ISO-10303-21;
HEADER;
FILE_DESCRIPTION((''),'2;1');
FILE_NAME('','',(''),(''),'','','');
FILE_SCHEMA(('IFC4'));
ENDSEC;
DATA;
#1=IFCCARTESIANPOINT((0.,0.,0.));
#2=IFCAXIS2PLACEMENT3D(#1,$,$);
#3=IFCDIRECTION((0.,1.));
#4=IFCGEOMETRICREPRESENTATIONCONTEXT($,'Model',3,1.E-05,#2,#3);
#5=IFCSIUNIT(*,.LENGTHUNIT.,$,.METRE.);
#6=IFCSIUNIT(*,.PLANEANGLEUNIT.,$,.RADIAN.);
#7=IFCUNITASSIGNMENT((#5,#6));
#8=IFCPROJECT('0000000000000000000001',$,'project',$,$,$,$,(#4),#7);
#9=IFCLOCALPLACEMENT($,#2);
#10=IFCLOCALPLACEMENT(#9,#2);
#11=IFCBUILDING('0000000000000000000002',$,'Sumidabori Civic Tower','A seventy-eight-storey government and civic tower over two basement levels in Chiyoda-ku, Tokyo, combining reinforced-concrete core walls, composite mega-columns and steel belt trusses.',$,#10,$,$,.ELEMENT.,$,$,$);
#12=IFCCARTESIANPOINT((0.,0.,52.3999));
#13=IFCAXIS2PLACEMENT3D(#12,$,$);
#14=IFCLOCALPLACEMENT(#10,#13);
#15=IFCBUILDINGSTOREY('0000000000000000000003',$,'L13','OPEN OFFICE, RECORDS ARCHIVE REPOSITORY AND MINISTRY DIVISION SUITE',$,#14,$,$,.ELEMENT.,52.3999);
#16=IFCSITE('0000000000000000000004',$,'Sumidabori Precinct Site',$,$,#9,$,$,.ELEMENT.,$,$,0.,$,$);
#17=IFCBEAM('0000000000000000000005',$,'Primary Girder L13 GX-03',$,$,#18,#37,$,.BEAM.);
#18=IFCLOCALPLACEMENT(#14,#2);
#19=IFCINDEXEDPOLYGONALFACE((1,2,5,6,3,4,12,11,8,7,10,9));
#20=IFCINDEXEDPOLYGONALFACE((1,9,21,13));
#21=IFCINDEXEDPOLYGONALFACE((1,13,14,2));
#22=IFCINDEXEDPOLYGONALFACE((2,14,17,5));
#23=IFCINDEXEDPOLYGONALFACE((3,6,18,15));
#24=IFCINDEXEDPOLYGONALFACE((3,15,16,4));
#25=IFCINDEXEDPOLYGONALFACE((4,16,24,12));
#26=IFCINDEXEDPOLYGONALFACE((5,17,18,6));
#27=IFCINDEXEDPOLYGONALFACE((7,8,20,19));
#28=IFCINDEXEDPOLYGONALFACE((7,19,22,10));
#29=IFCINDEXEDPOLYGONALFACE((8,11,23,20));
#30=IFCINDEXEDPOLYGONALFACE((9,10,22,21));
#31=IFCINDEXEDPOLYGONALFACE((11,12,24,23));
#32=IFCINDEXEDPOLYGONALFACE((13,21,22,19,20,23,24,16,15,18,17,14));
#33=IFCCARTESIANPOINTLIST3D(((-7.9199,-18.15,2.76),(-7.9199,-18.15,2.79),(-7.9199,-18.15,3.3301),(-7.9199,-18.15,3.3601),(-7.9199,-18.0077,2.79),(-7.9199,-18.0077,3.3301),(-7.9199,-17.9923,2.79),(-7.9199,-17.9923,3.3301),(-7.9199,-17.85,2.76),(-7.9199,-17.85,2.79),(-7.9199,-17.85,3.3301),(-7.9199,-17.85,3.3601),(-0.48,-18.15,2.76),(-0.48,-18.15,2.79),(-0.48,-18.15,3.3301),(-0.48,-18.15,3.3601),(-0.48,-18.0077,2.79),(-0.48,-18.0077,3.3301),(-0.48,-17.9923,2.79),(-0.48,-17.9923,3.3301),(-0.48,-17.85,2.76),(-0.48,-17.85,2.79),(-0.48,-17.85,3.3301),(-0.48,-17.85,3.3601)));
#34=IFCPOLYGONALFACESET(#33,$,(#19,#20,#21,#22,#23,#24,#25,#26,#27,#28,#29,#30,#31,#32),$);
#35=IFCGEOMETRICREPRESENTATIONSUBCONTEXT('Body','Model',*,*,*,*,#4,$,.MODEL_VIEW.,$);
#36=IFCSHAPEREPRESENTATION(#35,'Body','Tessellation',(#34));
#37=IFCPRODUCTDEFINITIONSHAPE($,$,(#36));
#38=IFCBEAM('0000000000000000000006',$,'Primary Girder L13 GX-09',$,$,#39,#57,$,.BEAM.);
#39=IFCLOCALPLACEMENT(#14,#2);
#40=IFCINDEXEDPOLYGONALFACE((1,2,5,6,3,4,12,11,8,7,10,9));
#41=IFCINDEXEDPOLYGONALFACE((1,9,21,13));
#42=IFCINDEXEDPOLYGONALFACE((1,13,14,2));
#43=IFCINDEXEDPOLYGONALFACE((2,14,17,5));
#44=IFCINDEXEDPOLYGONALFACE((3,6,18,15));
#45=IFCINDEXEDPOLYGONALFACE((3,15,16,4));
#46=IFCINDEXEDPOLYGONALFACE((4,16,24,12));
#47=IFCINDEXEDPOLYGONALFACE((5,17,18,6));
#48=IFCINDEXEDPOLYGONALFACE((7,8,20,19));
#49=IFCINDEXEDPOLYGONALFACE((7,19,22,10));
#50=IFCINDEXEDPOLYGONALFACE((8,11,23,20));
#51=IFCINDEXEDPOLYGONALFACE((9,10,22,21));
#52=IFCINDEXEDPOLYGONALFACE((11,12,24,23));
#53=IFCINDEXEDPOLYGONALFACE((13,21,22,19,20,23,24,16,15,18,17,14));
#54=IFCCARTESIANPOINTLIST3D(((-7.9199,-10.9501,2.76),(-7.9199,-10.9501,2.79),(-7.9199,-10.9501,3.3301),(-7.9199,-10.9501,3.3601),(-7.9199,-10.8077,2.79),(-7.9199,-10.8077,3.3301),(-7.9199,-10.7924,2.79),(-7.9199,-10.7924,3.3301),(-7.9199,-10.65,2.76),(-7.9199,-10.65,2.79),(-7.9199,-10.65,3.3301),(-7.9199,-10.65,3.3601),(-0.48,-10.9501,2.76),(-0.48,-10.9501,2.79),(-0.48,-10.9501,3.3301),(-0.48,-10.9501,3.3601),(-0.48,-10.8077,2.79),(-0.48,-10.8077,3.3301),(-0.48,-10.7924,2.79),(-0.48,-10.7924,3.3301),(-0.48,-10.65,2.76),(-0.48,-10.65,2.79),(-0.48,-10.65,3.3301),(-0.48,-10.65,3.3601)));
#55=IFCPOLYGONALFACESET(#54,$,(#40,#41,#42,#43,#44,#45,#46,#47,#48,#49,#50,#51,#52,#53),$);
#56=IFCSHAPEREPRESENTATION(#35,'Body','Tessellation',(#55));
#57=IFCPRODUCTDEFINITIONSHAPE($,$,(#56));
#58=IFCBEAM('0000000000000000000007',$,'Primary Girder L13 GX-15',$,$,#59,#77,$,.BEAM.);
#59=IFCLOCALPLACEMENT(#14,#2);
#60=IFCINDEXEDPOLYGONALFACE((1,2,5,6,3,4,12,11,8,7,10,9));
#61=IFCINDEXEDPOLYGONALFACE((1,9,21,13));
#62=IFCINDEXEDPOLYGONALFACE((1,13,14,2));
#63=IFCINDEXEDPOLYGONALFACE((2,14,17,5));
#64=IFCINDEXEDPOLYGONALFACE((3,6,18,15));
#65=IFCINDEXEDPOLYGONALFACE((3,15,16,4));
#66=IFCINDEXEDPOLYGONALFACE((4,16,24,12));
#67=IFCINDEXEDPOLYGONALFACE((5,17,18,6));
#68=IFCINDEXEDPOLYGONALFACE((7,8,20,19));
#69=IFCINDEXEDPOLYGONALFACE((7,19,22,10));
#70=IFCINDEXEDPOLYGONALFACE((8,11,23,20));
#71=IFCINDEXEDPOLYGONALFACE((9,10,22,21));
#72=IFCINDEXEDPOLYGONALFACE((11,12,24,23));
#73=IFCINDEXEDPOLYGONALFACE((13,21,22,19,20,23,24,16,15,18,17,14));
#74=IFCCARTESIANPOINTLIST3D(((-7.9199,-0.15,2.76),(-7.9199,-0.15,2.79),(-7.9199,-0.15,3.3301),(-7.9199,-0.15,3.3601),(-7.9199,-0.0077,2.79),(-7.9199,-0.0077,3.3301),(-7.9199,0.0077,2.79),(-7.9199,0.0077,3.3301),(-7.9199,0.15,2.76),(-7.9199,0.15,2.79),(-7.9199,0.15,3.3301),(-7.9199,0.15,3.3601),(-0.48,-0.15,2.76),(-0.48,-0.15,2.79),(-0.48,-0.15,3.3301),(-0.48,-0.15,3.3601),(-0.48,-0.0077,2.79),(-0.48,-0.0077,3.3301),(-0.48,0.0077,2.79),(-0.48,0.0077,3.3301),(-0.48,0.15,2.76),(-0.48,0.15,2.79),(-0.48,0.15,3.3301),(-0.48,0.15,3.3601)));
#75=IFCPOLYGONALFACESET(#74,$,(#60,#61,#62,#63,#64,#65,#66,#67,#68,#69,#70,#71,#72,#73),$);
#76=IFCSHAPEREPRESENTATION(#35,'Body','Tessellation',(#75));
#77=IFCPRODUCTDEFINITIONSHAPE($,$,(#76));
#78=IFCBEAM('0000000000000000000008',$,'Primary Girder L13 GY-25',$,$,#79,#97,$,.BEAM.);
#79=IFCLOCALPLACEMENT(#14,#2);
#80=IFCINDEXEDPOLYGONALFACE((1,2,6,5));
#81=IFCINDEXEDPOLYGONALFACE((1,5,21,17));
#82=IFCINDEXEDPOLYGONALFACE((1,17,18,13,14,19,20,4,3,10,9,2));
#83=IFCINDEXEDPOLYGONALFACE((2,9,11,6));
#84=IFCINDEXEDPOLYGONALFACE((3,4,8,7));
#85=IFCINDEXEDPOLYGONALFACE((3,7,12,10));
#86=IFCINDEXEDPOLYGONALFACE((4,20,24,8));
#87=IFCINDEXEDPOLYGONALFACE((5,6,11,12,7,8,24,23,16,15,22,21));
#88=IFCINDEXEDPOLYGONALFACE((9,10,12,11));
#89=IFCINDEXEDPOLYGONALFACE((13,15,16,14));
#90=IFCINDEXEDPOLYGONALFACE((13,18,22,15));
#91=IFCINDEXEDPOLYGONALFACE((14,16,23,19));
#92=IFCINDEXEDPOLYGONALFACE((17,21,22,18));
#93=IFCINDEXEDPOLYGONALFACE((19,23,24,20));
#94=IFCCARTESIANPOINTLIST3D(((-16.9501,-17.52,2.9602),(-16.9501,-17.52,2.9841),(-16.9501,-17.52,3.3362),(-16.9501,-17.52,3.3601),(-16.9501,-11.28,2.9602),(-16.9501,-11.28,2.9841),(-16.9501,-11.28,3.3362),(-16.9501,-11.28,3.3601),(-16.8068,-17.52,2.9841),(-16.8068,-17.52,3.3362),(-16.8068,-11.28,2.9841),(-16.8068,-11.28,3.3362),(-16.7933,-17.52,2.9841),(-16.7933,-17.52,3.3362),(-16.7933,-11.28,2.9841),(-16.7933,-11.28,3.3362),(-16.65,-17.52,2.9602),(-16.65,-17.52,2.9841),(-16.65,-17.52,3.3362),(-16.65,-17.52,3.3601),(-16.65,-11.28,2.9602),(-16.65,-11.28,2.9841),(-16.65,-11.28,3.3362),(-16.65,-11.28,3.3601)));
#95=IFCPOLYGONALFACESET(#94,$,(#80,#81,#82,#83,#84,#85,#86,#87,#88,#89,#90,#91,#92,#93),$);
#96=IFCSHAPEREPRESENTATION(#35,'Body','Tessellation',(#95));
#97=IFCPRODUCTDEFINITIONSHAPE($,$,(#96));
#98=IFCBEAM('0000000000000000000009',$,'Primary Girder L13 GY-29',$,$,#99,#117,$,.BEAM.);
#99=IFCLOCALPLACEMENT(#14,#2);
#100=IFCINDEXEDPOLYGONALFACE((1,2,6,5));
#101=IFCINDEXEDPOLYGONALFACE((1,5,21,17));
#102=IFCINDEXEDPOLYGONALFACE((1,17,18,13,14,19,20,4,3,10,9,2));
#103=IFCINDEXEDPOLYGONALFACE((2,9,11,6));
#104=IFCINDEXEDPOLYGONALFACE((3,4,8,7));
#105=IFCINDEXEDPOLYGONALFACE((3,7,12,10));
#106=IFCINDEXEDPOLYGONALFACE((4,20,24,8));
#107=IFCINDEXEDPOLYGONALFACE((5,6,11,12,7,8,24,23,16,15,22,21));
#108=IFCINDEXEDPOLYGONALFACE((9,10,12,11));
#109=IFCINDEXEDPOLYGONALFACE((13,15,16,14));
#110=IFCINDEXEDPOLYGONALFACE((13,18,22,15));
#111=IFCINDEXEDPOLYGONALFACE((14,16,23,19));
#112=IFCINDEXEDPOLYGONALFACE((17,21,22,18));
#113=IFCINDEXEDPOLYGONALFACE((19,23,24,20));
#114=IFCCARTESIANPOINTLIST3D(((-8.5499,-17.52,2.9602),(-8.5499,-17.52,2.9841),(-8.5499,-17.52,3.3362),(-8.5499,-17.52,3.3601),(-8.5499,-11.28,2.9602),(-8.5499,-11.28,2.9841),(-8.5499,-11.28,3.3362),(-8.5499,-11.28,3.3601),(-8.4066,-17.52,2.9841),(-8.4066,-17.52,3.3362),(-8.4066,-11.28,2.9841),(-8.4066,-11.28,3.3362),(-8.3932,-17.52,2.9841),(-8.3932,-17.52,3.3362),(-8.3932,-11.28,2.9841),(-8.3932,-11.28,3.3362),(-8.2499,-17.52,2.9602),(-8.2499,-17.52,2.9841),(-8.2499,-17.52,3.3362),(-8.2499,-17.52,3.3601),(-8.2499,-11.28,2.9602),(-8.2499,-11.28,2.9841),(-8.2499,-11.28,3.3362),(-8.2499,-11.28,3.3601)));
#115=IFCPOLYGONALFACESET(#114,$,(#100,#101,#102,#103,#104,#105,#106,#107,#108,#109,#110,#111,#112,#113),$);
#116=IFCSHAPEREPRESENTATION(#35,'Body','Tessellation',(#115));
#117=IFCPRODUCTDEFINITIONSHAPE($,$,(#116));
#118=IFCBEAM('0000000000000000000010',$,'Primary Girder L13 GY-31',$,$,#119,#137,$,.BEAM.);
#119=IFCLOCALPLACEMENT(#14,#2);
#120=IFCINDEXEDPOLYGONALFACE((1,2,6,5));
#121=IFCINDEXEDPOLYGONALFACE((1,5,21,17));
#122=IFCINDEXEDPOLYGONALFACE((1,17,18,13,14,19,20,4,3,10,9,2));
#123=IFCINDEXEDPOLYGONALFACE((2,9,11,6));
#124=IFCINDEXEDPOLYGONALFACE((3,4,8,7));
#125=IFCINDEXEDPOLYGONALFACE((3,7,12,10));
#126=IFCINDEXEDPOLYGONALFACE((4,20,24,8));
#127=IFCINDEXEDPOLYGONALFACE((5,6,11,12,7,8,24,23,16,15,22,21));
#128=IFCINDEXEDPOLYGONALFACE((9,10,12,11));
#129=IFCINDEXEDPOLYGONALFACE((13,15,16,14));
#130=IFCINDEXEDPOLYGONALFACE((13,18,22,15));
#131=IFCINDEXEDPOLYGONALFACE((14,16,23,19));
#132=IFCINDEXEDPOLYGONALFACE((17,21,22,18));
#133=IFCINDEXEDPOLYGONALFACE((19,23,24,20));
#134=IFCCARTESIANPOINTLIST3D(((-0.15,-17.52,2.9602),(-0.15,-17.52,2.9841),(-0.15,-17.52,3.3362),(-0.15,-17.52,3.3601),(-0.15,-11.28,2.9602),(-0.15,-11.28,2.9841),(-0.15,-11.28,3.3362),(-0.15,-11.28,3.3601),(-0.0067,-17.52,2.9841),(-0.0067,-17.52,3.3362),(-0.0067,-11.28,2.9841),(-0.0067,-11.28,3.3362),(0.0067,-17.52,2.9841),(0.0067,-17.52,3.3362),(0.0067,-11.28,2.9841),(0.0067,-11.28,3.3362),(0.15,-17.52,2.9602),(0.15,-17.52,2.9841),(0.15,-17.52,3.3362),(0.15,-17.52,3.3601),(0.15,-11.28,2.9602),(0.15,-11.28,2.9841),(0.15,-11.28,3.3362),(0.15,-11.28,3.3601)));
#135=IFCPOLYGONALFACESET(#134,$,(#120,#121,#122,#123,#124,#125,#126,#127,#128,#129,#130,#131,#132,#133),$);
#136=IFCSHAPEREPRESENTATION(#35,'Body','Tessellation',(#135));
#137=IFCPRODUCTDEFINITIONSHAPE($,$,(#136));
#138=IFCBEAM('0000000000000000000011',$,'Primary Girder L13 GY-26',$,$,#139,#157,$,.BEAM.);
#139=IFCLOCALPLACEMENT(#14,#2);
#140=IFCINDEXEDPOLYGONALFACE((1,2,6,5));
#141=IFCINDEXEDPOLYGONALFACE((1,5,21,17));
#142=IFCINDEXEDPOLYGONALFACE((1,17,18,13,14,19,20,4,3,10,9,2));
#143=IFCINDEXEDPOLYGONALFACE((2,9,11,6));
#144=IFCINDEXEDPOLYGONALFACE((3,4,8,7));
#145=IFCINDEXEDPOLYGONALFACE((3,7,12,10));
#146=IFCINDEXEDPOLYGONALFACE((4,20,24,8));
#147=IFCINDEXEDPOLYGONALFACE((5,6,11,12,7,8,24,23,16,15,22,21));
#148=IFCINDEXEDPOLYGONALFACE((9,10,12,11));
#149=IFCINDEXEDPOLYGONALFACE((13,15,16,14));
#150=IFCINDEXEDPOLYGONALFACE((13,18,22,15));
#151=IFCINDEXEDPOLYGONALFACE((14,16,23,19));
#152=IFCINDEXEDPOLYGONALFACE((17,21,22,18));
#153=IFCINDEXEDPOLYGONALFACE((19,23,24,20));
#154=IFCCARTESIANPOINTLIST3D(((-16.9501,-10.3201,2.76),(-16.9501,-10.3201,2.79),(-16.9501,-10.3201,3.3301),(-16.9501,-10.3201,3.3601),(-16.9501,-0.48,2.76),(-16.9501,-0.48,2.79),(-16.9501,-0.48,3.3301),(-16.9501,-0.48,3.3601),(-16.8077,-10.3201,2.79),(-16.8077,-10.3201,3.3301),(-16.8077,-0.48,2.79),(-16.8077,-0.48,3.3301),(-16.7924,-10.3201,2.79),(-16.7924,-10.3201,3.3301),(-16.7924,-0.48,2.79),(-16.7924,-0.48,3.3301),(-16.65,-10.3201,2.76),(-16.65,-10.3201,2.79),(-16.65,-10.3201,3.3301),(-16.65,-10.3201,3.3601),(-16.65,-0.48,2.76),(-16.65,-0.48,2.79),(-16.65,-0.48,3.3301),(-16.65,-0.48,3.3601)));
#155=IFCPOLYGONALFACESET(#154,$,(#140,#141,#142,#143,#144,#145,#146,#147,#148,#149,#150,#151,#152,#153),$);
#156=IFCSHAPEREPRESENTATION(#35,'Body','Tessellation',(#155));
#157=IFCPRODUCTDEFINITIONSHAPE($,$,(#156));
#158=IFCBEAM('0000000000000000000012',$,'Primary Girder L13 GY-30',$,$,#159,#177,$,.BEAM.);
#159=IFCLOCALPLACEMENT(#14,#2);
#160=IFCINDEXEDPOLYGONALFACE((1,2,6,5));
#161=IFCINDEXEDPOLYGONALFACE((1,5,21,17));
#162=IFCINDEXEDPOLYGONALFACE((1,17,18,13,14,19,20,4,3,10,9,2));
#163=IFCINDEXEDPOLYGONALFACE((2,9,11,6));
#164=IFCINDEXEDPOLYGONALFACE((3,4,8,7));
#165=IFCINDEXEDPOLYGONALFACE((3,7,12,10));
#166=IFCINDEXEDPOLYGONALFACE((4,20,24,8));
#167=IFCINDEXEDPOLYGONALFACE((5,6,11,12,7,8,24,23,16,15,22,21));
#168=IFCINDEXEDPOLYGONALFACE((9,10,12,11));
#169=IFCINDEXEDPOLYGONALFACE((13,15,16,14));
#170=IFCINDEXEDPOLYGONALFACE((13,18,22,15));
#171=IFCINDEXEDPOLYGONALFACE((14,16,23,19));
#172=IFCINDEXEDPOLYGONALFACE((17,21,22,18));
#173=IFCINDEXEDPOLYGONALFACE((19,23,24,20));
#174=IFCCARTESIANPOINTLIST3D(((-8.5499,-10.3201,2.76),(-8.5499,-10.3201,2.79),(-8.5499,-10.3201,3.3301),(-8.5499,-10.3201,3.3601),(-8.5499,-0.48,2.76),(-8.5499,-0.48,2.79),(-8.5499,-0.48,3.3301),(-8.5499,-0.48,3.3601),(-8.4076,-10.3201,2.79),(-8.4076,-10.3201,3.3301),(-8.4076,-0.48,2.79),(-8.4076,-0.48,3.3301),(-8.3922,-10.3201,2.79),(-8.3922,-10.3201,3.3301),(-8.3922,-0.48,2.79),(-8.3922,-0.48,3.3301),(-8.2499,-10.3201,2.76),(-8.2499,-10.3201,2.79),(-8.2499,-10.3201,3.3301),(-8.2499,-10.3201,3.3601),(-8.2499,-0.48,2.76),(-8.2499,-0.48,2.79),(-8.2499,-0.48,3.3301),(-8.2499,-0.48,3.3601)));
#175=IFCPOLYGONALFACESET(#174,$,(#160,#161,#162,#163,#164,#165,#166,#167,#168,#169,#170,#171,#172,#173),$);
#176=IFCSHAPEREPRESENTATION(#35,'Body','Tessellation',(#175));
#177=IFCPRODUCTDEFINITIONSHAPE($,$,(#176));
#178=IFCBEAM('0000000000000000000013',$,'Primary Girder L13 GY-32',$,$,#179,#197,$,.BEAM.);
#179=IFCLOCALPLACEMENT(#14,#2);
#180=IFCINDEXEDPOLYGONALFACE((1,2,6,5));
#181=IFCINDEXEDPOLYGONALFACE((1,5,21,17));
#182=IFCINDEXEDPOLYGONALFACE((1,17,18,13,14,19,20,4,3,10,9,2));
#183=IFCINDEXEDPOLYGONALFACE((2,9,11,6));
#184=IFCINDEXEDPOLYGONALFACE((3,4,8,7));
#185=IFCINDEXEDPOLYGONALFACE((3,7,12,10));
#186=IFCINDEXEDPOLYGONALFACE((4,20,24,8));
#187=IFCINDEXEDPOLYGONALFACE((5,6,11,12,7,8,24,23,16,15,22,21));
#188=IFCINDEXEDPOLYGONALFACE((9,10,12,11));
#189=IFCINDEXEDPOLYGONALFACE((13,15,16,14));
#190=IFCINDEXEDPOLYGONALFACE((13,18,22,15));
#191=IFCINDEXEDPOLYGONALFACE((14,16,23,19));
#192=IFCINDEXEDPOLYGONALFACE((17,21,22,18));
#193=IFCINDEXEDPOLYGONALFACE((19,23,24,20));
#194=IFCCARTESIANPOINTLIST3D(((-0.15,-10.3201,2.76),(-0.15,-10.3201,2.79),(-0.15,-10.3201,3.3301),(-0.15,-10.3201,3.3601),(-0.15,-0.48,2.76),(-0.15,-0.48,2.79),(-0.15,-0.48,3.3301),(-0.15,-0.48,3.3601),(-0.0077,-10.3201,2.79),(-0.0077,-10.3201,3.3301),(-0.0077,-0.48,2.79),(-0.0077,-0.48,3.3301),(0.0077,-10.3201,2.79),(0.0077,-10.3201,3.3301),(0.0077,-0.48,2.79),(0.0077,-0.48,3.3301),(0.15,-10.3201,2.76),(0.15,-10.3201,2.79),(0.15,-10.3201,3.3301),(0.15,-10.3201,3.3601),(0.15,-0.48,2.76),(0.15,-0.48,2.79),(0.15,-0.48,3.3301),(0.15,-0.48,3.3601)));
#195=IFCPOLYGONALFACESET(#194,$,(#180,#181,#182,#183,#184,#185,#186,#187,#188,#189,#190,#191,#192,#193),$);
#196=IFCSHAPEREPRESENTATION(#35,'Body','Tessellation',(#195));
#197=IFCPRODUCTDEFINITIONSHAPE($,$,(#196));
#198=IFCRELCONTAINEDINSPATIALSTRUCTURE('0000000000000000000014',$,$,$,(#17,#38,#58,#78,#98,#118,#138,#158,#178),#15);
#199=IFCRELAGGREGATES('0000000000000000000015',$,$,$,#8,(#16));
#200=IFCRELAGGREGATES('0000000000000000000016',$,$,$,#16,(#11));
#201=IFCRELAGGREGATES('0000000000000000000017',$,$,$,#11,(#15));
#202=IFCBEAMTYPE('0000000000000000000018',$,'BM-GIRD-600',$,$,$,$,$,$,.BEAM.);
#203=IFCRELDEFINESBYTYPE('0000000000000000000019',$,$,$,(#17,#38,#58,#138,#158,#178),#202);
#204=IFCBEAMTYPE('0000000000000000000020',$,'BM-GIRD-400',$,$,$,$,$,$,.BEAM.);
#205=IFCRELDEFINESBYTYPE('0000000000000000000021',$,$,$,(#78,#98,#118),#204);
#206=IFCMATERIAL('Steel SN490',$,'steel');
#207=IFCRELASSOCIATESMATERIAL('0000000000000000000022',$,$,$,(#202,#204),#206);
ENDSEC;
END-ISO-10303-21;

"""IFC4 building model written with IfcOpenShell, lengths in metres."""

from ifc_helpers import new_model, si_unit, direction, frame, origin, origin_2d, place, context, subcontext, project, spatial, i_section, extrude, source, transform, mapped, material, material_profile, profile_set, type_object, element, save


model = new_model("IFC4")

# Units and contexts
model_context = context("Model", 3, precision=1e-05, world=origin(), true_north=direction((0.0, 1.0)))
body_context = subcontext(model_context, "Body", "Model", "MODEL_VIEW")
ifc_project = project(units=[si_unit("LENGTHUNIT", "METRE"), si_unit("PLANEANGLEUNIT", "RADIAN")], contexts=[model_context])

# Site, building, storey
site_placement = place(None, origin())
site = spatial("IfcSite", under=ifc_project, at=site_placement, Name="Sumidabori Precinct Site", CompositionType="ELEMENT", RefElevation=0.0)
building_placement = place(site_placement, origin())
building = spatial("IfcBuilding", under=site, at=building_placement, Name="Sumidabori Civic Tower", Description="A seventy-eight-storey government and civic tower over two basement levels in Chiyoda-ku, Tokyo, combining reinforced-concrete core walls, composite mega-columns and steel belt trusses.", CompositionType="ELEMENT")
storey_placement = place(building_placement, frame((0.0, 0.0, 52.3999)))
storey = spatial("IfcBuildingStorey", under=building, at=storey_placement, Name="L13", Description="OPEN OFFICE, RECORDS ARCHIVE REPOSITORY AND MINISTRY DIVISION SUITE", CompositionType="ELEMENT", Elevation=52.3999)

# Beams
ifc_material_1 = material(Name="Steel SN490", Category="steel")
ifc_material_profile_1 = material_profile(ifc_material_1, i_section(OverallWidth=0.3, OverallDepth=0.6001, WebThickness=0.0154, FlangeThickness=0.03, at=origin_2d()), Name="HE 600 B")
ifc_profile_set_1 = profile_set([ifc_material_profile_1], Name="Steel SN490")
beam_type_1 = type_object("IfcBeamType", Name="BM-GIRD-600", PredefinedType="BEAM", material=ifc_profile_set_1)
shared_shape_1 = source(origin(), body_context, "Body", "SweptSolid", [
    extrude(i_section(OverallWidth=0.3, OverallDepth=0.6001, WebThickness=0.0154, FlangeThickness=0.03, at=origin_2d()), origin(), (0.0, 0.0, 1.0), 7.4399),
])
for number, where, z_axis, x_axis, name in (
    (1, (-7.9199, -18.0, 3.0601), (1.0, 0.0, 0.0), (0.0, 1.0, 0.0), "Primary Girder L13 GX-03"),
    (2, (-7.9199, -10.8, 3.0601), (1.0, 0.0, 0.0), (0.0, 1.0, 0.0), "Primary Girder L13 GX-09"),
    (3, (-7.9199, 0.0, 3.0601), (1.0, 0.0, 0.0), (0.0, 1.0, 0.0), "Primary Girder L13 GX-15"),
):
    element("IfcBeam", number, at=place(storey_placement, frame(where, z_axis=z_axis, x_axis=x_axis)), inside=storey, type_object=beam_type_1, Name=name, PredefinedType="BEAM", context=body_context, shape_type="MappedRepresentation", body=[
        mapped(shared_shape_1, transform((0.0, 0.0, 0.0), x_axis=(1.0, 0.0, 0.0), y_axis=(0.0, 1.0, 0.0), z_axis=(0.0, 0.0, 1.0), scale=1.0)),
    ])
ifc_material_profile_2 = material_profile(ifc_material_1, i_section(OverallWidth=0.3, OverallDepth=0.3999, WebThickness=0.0134, FlangeThickness=0.0239, at=origin_2d()), Name="HE 400 B")
ifc_profile_set_2 = profile_set([ifc_material_profile_2], Name="Steel SN490")
beam_type_2 = type_object("IfcBeamType", Name="BM-GIRD-400", PredefinedType="BEAM", material=ifc_profile_set_2)
shared_shape_2 = source(origin(), body_context, "Body", "SweptSolid", [
    extrude(i_section(OverallWidth=0.3, OverallDepth=0.3999, WebThickness=0.0134, FlangeThickness=0.0239, at=origin_2d()), origin(), (0.0, 0.0, 1.0), 6.24),
])
for number, where, z_axis, x_axis, name in (
    (4, (-16.8, -17.52, 3.1602), (0.0, 1.0, 0.0), (-1.0, 0.0, 0.0), "Primary Girder L13 GY-25"),
    (5, (-8.3999, -17.52, 3.1602), (0.0, 1.0, 0.0), (-1.0, 0.0, 0.0), "Primary Girder L13 GY-29"),
    (6, (0.0, -17.52, 3.1602), (0.0, 1.0, 0.0), (-1.0, 0.0, 0.0), "Primary Girder L13 GY-31"),
):
    element("IfcBeam", number, at=place(storey_placement, frame(where, z_axis=z_axis, x_axis=x_axis)), inside=storey, type_object=beam_type_2, Name=name, PredefinedType="BEAM", context=body_context, shape_type="MappedRepresentation", body=[
        mapped(shared_shape_2, transform((0.0, 0.0, 0.0), x_axis=(1.0, 0.0, 0.0), y_axis=(0.0, 1.0, 0.0), z_axis=(0.0, 0.0, 1.0), scale=1.0)),
    ])
shared_shape_3 = source(origin(), body_context, "Body", "SweptSolid", [
    extrude(i_section(OverallWidth=0.3, OverallDepth=0.6001, WebThickness=0.0154, FlangeThickness=0.03, at=origin_2d()), origin(), (0.0, 0.0, 1.0), 9.8401),
])
for number, where, z_axis, x_axis, name in (
    (7, (-16.8, -10.3201, 3.0601), (0.0, 1.0, 0.0), (-1.0, 0.0, 0.0), "Primary Girder L13 GY-26"),
    (8, (-8.3999, -10.3201, 3.0601), (0.0, 1.0, 0.0), (-1.0, 0.0, 0.0), "Primary Girder L13 GY-30"),
    (9, (0.0, -10.3201, 3.0601), (0.0, 1.0, 0.0), (-1.0, 0.0, 0.0), "Primary Girder L13 GY-32"),
):
    element("IfcBeam", number, at=place(storey_placement, frame(where, z_axis=z_axis, x_axis=x_axis)), inside=storey, type_object=beam_type_1, Name=name, PredefinedType="BEAM", context=body_context, shape_type="MappedRepresentation", body=[
        mapped(shared_shape_3, transform((0.0, 0.0, 0.0), x_axis=(1.0, 0.0, 0.0), y_axis=(0.0, 1.0, 0.0), z_axis=(0.0, 0.0, 1.0), scale=1.0)),
    ])

save(model, "model.ifc")
